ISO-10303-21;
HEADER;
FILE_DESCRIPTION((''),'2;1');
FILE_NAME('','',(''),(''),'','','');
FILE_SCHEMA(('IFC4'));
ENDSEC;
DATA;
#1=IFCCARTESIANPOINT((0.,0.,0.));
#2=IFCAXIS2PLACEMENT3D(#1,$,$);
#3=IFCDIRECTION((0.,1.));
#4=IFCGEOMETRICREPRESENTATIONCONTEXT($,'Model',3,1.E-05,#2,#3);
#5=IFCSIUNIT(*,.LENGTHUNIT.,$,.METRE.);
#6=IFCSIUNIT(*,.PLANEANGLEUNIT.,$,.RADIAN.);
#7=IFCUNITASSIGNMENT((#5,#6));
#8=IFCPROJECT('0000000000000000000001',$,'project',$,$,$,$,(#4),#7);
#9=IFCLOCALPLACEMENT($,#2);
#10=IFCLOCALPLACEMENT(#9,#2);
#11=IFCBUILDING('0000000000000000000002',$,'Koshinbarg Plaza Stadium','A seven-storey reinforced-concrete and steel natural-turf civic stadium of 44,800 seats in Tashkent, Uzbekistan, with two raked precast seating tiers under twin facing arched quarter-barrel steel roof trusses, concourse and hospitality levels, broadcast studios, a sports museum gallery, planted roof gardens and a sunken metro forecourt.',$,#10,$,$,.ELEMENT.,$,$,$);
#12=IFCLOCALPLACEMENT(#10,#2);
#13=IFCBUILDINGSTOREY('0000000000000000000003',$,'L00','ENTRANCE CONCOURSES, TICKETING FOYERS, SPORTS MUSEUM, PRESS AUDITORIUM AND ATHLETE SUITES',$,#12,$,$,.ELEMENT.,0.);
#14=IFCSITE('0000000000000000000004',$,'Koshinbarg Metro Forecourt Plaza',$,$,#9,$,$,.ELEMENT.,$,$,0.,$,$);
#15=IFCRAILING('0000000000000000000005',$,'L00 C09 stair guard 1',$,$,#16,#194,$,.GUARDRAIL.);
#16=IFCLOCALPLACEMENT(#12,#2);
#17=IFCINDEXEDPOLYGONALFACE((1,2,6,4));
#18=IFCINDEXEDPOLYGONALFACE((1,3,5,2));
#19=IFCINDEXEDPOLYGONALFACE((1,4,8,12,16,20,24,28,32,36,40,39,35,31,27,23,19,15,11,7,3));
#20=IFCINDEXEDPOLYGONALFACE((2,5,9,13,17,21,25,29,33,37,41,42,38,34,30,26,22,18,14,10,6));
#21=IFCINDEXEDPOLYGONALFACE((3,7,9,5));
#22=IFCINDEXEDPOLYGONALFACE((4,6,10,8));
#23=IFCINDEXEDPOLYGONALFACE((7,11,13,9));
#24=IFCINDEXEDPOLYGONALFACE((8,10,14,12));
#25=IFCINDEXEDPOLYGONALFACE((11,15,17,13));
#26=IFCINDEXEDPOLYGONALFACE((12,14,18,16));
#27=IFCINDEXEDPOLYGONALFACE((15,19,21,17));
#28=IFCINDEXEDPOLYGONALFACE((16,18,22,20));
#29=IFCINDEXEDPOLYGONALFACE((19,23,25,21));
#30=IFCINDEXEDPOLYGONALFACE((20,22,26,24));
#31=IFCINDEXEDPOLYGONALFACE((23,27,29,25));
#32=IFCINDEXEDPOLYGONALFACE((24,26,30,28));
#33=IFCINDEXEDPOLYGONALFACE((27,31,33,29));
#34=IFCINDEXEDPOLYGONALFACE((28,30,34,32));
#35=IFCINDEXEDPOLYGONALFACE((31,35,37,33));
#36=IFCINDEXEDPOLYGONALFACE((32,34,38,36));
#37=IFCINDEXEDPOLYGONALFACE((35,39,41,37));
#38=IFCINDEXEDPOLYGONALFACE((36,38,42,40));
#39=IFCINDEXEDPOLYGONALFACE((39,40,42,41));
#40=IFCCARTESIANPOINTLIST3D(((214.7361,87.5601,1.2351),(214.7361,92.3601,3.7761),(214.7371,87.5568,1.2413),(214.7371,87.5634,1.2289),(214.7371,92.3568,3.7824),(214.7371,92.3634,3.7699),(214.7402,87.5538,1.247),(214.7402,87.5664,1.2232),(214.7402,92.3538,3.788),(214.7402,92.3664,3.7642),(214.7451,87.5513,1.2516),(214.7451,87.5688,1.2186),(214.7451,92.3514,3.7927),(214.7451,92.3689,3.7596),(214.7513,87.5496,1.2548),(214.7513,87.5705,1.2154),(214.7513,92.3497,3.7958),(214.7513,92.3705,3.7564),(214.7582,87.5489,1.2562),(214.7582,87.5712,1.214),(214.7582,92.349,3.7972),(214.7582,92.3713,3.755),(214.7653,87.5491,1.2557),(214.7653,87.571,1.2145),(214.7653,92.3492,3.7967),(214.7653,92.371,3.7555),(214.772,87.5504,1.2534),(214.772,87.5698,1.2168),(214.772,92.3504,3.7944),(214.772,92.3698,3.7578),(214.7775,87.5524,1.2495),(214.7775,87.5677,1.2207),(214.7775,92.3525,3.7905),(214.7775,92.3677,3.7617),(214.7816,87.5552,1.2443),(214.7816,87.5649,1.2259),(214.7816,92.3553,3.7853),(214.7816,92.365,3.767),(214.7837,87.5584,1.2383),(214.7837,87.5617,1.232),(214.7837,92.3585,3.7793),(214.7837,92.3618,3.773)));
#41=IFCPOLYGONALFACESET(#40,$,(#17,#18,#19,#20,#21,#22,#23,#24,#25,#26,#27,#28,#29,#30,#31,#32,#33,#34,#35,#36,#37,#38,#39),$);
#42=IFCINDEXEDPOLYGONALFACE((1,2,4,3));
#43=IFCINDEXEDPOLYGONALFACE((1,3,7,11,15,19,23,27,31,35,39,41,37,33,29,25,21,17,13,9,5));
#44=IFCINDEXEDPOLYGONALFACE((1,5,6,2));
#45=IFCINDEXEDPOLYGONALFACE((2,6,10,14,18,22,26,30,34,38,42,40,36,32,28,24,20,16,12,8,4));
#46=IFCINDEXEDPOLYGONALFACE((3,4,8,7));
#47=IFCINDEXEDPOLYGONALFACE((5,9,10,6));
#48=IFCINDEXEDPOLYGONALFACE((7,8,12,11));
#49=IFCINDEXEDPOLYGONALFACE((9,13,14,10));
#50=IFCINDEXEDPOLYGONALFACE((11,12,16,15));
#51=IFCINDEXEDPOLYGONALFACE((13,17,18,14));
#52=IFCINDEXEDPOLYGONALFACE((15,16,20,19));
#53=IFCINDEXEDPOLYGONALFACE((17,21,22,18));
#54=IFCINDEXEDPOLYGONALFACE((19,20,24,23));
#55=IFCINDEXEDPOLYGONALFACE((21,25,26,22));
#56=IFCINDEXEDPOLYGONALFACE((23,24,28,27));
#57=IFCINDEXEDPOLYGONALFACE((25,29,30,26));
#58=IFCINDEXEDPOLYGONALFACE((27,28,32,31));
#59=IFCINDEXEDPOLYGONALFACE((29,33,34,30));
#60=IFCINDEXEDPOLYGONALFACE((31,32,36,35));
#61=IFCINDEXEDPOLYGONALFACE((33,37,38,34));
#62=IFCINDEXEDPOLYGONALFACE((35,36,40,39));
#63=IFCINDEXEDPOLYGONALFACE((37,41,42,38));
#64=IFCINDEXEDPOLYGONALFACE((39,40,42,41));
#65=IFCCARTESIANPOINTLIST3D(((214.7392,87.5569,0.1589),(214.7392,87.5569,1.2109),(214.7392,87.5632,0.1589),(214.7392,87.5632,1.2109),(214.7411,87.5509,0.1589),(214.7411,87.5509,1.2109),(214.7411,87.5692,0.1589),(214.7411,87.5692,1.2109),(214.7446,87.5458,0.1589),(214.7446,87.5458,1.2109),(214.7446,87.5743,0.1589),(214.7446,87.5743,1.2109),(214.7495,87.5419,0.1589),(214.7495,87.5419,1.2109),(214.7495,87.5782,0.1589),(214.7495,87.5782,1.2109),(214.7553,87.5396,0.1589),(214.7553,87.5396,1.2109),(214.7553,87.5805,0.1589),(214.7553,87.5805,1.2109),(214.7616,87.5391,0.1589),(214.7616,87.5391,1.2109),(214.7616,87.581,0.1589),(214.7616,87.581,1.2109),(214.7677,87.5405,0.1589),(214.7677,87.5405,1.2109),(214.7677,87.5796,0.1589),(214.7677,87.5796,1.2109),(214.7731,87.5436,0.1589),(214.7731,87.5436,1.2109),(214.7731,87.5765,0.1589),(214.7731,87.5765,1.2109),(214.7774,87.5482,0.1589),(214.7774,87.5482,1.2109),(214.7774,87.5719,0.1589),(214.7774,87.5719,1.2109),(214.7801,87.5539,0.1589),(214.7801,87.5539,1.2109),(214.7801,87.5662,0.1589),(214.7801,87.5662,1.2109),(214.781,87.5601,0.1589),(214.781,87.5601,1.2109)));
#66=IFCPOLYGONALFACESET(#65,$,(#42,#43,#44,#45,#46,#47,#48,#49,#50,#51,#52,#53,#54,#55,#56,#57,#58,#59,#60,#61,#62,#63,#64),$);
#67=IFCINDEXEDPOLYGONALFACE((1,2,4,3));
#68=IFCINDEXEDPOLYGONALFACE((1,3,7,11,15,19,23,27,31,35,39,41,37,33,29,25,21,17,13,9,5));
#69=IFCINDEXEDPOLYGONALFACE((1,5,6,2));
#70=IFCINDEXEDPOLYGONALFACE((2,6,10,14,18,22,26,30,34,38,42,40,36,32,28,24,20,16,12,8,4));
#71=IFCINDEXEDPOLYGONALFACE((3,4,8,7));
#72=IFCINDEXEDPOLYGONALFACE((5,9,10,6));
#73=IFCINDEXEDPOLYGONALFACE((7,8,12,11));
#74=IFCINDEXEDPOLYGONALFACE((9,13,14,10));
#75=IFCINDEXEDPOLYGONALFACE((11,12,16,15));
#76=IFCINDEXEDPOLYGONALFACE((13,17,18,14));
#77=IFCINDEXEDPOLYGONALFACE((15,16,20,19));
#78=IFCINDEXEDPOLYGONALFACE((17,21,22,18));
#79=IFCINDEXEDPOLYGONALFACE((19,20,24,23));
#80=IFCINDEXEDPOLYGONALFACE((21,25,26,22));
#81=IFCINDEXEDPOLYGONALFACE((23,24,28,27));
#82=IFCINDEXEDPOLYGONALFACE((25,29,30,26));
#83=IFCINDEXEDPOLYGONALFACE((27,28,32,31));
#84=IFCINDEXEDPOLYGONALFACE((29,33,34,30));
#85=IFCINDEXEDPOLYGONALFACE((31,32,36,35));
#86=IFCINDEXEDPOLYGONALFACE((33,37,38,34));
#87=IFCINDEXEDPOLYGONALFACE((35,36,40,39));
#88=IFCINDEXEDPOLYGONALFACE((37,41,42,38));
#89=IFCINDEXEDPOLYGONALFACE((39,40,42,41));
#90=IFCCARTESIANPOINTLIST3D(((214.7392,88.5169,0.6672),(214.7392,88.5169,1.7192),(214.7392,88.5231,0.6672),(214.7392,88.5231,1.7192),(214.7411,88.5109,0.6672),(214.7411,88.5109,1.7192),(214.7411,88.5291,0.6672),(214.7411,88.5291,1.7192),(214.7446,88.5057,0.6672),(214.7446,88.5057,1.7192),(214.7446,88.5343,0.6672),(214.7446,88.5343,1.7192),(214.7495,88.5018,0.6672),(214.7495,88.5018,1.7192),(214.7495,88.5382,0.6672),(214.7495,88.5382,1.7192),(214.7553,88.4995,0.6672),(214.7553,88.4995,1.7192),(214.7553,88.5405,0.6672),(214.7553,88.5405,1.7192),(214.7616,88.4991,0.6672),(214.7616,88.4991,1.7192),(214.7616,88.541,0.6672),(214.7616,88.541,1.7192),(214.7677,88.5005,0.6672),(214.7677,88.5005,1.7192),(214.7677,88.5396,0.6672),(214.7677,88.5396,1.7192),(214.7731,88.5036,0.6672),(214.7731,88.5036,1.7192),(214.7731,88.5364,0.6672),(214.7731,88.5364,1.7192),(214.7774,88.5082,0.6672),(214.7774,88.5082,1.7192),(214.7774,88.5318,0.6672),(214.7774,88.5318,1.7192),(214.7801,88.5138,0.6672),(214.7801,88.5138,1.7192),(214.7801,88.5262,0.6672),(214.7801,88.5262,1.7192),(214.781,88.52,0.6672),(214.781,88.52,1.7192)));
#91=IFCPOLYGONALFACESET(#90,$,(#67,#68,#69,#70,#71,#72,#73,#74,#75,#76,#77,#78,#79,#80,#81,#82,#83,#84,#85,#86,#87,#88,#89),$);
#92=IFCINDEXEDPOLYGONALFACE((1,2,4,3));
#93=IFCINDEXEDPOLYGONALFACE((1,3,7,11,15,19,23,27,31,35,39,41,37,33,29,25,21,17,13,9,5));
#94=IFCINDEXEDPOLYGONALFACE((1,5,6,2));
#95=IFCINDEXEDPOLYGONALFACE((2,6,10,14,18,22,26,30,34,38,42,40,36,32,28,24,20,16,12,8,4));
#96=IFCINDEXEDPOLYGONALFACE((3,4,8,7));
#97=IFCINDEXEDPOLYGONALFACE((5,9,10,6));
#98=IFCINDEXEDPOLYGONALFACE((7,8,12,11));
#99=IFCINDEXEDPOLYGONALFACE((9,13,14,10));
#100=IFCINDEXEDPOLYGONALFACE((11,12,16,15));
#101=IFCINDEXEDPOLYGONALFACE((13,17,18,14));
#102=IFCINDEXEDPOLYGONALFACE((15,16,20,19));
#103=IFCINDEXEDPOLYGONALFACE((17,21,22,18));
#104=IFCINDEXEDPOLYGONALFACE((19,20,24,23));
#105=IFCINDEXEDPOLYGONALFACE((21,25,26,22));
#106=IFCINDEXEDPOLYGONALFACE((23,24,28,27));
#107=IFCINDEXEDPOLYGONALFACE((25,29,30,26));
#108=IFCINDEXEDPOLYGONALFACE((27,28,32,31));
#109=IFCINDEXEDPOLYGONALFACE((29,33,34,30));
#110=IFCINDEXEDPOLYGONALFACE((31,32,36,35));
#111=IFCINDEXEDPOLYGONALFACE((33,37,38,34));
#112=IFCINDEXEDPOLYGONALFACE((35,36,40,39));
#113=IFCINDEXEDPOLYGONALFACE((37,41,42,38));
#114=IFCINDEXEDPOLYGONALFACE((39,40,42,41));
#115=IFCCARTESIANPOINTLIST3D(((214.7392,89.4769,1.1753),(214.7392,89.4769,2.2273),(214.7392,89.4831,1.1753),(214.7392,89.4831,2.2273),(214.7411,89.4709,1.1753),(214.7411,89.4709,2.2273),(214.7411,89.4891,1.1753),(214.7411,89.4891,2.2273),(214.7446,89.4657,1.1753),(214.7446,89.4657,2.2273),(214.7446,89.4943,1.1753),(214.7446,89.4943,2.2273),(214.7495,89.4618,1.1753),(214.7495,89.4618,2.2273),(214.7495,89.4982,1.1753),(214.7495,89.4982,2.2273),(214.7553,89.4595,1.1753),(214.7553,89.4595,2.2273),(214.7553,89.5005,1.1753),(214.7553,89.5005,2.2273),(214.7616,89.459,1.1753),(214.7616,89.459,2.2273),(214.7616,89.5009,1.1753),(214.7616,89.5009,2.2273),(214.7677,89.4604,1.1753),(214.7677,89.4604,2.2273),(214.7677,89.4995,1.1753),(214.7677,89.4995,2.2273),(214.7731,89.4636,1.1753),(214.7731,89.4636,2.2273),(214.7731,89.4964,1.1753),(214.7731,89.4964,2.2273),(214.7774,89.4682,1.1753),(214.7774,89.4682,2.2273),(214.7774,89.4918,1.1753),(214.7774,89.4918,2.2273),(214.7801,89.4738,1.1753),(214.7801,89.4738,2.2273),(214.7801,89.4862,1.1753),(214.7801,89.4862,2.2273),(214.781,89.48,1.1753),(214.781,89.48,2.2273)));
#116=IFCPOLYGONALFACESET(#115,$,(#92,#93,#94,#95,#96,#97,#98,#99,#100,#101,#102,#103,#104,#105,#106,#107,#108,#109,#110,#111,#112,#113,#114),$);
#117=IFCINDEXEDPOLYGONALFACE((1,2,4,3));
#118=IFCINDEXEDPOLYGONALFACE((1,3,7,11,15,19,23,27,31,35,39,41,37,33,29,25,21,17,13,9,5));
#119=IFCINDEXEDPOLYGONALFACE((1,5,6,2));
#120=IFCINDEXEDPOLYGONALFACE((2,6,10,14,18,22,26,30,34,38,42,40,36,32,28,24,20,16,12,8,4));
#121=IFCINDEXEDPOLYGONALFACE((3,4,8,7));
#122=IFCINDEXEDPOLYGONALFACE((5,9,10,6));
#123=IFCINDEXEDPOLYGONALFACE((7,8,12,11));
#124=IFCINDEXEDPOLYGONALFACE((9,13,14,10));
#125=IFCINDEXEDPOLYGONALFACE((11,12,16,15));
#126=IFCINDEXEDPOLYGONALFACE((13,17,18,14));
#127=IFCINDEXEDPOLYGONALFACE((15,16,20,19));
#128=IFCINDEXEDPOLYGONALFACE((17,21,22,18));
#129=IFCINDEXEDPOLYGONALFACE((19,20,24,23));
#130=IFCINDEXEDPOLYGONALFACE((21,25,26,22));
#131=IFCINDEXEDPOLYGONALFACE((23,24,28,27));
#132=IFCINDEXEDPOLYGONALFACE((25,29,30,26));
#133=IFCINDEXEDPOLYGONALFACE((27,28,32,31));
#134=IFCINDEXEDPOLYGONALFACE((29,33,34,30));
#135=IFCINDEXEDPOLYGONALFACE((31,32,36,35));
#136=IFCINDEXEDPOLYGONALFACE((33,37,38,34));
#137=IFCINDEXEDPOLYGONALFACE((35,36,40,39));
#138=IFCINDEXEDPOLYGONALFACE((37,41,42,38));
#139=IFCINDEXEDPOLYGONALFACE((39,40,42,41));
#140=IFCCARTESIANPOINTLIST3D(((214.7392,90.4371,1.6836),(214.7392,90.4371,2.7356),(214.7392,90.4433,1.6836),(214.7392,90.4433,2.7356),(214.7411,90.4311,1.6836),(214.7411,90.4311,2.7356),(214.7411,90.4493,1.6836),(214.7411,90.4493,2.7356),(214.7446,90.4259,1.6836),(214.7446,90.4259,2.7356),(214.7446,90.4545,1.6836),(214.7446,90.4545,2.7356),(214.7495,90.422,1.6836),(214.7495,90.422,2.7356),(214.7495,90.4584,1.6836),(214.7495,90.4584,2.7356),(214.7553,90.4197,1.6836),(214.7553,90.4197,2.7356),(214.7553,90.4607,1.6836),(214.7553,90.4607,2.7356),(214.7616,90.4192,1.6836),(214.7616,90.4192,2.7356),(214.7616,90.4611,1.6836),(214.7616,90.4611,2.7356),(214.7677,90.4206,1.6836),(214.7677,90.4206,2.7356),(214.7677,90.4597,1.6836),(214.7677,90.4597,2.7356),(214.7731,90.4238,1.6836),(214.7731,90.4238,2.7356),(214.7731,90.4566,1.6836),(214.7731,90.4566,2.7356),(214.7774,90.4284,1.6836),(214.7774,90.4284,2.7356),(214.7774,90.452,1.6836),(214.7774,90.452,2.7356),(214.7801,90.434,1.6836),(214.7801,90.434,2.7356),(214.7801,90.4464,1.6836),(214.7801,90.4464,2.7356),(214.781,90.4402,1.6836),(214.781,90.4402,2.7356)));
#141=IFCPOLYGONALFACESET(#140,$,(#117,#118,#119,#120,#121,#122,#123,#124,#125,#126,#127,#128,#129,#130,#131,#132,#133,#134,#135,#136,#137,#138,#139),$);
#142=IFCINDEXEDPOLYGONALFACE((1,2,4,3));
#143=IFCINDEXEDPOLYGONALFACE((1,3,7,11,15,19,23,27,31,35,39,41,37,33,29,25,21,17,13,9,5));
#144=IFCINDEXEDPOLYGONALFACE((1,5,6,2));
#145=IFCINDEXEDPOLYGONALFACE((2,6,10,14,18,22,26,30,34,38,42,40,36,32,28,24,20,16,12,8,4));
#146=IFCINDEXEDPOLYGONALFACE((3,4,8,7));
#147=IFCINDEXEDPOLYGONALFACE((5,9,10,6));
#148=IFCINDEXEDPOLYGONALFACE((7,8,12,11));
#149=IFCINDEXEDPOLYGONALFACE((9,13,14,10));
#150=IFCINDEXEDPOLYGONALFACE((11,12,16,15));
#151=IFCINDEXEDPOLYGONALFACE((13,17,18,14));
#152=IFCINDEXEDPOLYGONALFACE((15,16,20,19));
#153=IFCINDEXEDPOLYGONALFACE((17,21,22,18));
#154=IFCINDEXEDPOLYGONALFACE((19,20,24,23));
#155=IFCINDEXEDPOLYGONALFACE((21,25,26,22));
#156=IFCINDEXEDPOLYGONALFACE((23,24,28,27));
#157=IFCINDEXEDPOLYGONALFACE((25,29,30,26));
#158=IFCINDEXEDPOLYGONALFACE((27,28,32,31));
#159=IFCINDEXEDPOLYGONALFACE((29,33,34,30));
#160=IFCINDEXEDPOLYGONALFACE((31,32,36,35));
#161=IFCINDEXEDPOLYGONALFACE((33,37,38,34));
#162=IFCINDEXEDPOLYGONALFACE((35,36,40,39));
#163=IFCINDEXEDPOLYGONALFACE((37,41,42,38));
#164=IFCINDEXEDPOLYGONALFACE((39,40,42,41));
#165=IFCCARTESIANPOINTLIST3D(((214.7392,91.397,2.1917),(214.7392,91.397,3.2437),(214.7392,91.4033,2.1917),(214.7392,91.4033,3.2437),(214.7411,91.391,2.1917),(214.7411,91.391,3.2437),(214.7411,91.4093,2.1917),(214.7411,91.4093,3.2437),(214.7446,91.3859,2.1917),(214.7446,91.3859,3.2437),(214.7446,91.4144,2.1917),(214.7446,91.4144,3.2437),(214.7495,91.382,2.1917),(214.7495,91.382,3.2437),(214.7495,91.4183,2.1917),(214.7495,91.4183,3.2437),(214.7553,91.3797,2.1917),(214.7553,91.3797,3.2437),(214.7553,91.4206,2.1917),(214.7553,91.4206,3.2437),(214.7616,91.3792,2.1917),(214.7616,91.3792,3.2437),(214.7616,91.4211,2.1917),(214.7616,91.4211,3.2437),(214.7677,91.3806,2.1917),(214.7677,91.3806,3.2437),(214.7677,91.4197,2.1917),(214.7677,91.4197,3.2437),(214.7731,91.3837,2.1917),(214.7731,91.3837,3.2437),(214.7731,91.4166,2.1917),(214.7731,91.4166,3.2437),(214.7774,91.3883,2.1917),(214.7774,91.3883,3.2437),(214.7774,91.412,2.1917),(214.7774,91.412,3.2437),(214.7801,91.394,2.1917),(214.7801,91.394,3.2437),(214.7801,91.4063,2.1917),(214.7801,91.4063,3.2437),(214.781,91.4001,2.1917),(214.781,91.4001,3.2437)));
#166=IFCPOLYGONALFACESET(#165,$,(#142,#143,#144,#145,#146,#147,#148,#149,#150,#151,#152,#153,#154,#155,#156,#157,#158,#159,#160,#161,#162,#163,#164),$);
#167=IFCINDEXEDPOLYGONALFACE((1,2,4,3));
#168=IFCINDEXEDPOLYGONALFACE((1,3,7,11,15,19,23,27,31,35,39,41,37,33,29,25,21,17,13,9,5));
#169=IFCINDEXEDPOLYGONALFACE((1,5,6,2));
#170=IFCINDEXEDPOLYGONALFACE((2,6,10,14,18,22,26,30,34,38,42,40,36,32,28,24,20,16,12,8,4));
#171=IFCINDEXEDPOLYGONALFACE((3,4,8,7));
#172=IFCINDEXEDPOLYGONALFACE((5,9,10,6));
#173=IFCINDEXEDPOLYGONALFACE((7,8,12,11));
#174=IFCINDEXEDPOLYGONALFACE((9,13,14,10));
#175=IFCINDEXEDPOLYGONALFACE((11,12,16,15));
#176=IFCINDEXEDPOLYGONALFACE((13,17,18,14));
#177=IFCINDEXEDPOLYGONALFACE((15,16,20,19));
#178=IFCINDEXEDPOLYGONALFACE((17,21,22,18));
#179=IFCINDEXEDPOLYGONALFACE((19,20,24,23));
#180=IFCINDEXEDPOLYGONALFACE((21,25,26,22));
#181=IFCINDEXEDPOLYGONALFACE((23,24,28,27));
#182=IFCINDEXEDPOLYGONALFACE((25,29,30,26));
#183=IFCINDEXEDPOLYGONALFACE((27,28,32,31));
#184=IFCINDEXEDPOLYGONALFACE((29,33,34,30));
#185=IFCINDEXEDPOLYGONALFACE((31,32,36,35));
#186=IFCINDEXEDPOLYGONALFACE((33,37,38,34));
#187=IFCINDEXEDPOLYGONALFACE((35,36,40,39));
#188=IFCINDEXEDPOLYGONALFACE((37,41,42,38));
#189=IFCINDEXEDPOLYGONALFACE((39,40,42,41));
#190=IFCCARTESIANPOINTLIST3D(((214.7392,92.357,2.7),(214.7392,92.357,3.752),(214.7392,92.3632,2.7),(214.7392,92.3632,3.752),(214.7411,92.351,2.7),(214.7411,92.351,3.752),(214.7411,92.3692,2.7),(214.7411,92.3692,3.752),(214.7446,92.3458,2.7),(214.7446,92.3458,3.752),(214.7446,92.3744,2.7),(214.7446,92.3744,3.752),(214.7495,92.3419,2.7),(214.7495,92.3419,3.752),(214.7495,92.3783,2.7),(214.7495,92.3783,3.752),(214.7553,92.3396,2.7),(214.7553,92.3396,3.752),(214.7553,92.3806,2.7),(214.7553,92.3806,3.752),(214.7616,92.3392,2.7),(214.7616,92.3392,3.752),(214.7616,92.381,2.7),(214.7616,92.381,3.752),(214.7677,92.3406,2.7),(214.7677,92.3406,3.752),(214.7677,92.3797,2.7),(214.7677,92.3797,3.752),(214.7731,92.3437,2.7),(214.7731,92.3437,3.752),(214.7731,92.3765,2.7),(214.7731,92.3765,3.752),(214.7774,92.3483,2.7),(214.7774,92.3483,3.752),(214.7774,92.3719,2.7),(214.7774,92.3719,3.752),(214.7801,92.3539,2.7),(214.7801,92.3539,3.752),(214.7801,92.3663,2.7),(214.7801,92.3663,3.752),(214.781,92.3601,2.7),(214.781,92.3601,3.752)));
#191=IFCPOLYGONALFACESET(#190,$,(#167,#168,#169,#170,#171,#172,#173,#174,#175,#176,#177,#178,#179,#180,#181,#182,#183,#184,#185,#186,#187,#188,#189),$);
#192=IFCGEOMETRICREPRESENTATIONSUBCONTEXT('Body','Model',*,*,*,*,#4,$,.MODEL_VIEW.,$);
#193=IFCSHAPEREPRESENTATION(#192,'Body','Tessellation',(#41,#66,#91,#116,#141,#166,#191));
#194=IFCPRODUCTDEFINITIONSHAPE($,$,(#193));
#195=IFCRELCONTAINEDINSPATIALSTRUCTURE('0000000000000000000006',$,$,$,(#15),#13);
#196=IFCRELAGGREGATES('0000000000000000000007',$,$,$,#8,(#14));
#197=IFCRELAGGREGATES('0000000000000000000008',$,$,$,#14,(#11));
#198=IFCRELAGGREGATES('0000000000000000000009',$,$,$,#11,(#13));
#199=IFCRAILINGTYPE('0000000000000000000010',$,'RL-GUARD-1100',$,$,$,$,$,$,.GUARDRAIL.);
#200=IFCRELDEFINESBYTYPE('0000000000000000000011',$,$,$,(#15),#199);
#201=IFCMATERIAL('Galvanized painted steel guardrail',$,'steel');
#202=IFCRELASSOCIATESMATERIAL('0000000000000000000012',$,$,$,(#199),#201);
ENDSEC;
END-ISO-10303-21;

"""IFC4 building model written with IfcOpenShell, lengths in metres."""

from ifc_helpers import new_model, si_unit, direction, frame, origin, origin_2d, place, context, subcontext, project, spatial, circle, extrude, material, type_object, element, save


model = new_model("IFC4")

# Units and contexts
model_context = context("Model", 3, precision=1e-05, world=origin(), true_north=direction((0.0, 1.0)))
body_context = subcontext(model_context, "Body", "Model", "MODEL_VIEW")
ifc_project = project(units=[si_unit("LENGTHUNIT", "METRE"), si_unit("PLANEANGLEUNIT", "RADIAN")], contexts=[model_context])

# Site, building, storey
site_placement = place(None, origin())
site = spatial("IfcSite", under=ifc_project, at=site_placement, Name="Koshinbarg Metro Forecourt Plaza", CompositionType="ELEMENT", RefElevation=0.0)
building_placement = place(site_placement, origin())
building = spatial("IfcBuilding", under=site, at=building_placement, Name="Koshinbarg Plaza Stadium", Description="A seven-storey reinforced-concrete and steel natural-turf civic stadium of 44,800 seats in Tashkent, Uzbekistan, with two raked precast seating tiers under twin facing arched quarter-barrel steel roof trusses, concourse and hospitality levels, broadcast studios, a sports museum gallery, planted roof gardens and a sunken metro forecourt.", CompositionType="ELEMENT")
storey_placement = place(building_placement, origin())
storey = spatial("IfcBuildingStorey", under=building, at=storey_placement, Name="L00", Description="ENTRANCE CONCOURSES, TICKETING FOYERS, SPORTS MUSEUM, PRESS AUDITORIUM AND ATHLETE SUITES", CompositionType="ELEMENT", Elevation=0.0)

# Railing
ifc_material_1 = material(Name="Galvanized painted steel guardrail", Category="steel")
railing_type_1 = type_object("IfcRailingType", Name="RL-GUARD-1100", PredefinedType="GUARDRAIL", material=ifc_material_1)
railing_1_placement = place(storey_placement, frame((214.76, 87.5601, 0.1589)))
element("IfcRailing", 1, at=railing_1_placement, inside=storey, type_object=railing_type_1, Name="L00 C09 stair guard 1", PredefinedType="GUARDRAIL", context=body_context, shape_type="SweptSolid", body=[
    extrude(circle(Radius=0.0239, at=origin_2d()), frame((0.0, 0.0, 1.0762), z_axis=(0.0, 0.883802, 0.467861), x_axis=(-1.0, 0.0, 0.0)), (0.0, 0.0, 1.0), 5.4312),
    extrude(circle(Radius=0.021, at=origin_2d()), origin(), (0.0, 0.0, 1.0), 1.052),
    extrude(circle(Radius=0.021, at=origin_2d()), frame((0.0, 0.96, 0.5083)), (0.0, 0.0, 1.0), 1.052),
    extrude(circle(Radius=0.021, at=origin_2d()), frame((0.0, 1.9199, 1.0164)), (0.0, 0.0, 1.0), 1.052),
    extrude(circle(Radius=0.021, at=origin_2d()), frame((0.0, 2.8801, 1.5247)), (0.0, 0.0, 1.0), 1.052),
    extrude(circle(Radius=0.021, at=origin_2d()), frame((0.0, 3.8401, 2.0327)), (0.0, 0.0, 1.0), 1.052),
    extrude(circle(Radius=0.021, at=origin_2d()), frame((0.0, 4.8, 2.541)), (0.0, 0.0, 1.0), 1.052),
])

save(model, "model.ifc")
